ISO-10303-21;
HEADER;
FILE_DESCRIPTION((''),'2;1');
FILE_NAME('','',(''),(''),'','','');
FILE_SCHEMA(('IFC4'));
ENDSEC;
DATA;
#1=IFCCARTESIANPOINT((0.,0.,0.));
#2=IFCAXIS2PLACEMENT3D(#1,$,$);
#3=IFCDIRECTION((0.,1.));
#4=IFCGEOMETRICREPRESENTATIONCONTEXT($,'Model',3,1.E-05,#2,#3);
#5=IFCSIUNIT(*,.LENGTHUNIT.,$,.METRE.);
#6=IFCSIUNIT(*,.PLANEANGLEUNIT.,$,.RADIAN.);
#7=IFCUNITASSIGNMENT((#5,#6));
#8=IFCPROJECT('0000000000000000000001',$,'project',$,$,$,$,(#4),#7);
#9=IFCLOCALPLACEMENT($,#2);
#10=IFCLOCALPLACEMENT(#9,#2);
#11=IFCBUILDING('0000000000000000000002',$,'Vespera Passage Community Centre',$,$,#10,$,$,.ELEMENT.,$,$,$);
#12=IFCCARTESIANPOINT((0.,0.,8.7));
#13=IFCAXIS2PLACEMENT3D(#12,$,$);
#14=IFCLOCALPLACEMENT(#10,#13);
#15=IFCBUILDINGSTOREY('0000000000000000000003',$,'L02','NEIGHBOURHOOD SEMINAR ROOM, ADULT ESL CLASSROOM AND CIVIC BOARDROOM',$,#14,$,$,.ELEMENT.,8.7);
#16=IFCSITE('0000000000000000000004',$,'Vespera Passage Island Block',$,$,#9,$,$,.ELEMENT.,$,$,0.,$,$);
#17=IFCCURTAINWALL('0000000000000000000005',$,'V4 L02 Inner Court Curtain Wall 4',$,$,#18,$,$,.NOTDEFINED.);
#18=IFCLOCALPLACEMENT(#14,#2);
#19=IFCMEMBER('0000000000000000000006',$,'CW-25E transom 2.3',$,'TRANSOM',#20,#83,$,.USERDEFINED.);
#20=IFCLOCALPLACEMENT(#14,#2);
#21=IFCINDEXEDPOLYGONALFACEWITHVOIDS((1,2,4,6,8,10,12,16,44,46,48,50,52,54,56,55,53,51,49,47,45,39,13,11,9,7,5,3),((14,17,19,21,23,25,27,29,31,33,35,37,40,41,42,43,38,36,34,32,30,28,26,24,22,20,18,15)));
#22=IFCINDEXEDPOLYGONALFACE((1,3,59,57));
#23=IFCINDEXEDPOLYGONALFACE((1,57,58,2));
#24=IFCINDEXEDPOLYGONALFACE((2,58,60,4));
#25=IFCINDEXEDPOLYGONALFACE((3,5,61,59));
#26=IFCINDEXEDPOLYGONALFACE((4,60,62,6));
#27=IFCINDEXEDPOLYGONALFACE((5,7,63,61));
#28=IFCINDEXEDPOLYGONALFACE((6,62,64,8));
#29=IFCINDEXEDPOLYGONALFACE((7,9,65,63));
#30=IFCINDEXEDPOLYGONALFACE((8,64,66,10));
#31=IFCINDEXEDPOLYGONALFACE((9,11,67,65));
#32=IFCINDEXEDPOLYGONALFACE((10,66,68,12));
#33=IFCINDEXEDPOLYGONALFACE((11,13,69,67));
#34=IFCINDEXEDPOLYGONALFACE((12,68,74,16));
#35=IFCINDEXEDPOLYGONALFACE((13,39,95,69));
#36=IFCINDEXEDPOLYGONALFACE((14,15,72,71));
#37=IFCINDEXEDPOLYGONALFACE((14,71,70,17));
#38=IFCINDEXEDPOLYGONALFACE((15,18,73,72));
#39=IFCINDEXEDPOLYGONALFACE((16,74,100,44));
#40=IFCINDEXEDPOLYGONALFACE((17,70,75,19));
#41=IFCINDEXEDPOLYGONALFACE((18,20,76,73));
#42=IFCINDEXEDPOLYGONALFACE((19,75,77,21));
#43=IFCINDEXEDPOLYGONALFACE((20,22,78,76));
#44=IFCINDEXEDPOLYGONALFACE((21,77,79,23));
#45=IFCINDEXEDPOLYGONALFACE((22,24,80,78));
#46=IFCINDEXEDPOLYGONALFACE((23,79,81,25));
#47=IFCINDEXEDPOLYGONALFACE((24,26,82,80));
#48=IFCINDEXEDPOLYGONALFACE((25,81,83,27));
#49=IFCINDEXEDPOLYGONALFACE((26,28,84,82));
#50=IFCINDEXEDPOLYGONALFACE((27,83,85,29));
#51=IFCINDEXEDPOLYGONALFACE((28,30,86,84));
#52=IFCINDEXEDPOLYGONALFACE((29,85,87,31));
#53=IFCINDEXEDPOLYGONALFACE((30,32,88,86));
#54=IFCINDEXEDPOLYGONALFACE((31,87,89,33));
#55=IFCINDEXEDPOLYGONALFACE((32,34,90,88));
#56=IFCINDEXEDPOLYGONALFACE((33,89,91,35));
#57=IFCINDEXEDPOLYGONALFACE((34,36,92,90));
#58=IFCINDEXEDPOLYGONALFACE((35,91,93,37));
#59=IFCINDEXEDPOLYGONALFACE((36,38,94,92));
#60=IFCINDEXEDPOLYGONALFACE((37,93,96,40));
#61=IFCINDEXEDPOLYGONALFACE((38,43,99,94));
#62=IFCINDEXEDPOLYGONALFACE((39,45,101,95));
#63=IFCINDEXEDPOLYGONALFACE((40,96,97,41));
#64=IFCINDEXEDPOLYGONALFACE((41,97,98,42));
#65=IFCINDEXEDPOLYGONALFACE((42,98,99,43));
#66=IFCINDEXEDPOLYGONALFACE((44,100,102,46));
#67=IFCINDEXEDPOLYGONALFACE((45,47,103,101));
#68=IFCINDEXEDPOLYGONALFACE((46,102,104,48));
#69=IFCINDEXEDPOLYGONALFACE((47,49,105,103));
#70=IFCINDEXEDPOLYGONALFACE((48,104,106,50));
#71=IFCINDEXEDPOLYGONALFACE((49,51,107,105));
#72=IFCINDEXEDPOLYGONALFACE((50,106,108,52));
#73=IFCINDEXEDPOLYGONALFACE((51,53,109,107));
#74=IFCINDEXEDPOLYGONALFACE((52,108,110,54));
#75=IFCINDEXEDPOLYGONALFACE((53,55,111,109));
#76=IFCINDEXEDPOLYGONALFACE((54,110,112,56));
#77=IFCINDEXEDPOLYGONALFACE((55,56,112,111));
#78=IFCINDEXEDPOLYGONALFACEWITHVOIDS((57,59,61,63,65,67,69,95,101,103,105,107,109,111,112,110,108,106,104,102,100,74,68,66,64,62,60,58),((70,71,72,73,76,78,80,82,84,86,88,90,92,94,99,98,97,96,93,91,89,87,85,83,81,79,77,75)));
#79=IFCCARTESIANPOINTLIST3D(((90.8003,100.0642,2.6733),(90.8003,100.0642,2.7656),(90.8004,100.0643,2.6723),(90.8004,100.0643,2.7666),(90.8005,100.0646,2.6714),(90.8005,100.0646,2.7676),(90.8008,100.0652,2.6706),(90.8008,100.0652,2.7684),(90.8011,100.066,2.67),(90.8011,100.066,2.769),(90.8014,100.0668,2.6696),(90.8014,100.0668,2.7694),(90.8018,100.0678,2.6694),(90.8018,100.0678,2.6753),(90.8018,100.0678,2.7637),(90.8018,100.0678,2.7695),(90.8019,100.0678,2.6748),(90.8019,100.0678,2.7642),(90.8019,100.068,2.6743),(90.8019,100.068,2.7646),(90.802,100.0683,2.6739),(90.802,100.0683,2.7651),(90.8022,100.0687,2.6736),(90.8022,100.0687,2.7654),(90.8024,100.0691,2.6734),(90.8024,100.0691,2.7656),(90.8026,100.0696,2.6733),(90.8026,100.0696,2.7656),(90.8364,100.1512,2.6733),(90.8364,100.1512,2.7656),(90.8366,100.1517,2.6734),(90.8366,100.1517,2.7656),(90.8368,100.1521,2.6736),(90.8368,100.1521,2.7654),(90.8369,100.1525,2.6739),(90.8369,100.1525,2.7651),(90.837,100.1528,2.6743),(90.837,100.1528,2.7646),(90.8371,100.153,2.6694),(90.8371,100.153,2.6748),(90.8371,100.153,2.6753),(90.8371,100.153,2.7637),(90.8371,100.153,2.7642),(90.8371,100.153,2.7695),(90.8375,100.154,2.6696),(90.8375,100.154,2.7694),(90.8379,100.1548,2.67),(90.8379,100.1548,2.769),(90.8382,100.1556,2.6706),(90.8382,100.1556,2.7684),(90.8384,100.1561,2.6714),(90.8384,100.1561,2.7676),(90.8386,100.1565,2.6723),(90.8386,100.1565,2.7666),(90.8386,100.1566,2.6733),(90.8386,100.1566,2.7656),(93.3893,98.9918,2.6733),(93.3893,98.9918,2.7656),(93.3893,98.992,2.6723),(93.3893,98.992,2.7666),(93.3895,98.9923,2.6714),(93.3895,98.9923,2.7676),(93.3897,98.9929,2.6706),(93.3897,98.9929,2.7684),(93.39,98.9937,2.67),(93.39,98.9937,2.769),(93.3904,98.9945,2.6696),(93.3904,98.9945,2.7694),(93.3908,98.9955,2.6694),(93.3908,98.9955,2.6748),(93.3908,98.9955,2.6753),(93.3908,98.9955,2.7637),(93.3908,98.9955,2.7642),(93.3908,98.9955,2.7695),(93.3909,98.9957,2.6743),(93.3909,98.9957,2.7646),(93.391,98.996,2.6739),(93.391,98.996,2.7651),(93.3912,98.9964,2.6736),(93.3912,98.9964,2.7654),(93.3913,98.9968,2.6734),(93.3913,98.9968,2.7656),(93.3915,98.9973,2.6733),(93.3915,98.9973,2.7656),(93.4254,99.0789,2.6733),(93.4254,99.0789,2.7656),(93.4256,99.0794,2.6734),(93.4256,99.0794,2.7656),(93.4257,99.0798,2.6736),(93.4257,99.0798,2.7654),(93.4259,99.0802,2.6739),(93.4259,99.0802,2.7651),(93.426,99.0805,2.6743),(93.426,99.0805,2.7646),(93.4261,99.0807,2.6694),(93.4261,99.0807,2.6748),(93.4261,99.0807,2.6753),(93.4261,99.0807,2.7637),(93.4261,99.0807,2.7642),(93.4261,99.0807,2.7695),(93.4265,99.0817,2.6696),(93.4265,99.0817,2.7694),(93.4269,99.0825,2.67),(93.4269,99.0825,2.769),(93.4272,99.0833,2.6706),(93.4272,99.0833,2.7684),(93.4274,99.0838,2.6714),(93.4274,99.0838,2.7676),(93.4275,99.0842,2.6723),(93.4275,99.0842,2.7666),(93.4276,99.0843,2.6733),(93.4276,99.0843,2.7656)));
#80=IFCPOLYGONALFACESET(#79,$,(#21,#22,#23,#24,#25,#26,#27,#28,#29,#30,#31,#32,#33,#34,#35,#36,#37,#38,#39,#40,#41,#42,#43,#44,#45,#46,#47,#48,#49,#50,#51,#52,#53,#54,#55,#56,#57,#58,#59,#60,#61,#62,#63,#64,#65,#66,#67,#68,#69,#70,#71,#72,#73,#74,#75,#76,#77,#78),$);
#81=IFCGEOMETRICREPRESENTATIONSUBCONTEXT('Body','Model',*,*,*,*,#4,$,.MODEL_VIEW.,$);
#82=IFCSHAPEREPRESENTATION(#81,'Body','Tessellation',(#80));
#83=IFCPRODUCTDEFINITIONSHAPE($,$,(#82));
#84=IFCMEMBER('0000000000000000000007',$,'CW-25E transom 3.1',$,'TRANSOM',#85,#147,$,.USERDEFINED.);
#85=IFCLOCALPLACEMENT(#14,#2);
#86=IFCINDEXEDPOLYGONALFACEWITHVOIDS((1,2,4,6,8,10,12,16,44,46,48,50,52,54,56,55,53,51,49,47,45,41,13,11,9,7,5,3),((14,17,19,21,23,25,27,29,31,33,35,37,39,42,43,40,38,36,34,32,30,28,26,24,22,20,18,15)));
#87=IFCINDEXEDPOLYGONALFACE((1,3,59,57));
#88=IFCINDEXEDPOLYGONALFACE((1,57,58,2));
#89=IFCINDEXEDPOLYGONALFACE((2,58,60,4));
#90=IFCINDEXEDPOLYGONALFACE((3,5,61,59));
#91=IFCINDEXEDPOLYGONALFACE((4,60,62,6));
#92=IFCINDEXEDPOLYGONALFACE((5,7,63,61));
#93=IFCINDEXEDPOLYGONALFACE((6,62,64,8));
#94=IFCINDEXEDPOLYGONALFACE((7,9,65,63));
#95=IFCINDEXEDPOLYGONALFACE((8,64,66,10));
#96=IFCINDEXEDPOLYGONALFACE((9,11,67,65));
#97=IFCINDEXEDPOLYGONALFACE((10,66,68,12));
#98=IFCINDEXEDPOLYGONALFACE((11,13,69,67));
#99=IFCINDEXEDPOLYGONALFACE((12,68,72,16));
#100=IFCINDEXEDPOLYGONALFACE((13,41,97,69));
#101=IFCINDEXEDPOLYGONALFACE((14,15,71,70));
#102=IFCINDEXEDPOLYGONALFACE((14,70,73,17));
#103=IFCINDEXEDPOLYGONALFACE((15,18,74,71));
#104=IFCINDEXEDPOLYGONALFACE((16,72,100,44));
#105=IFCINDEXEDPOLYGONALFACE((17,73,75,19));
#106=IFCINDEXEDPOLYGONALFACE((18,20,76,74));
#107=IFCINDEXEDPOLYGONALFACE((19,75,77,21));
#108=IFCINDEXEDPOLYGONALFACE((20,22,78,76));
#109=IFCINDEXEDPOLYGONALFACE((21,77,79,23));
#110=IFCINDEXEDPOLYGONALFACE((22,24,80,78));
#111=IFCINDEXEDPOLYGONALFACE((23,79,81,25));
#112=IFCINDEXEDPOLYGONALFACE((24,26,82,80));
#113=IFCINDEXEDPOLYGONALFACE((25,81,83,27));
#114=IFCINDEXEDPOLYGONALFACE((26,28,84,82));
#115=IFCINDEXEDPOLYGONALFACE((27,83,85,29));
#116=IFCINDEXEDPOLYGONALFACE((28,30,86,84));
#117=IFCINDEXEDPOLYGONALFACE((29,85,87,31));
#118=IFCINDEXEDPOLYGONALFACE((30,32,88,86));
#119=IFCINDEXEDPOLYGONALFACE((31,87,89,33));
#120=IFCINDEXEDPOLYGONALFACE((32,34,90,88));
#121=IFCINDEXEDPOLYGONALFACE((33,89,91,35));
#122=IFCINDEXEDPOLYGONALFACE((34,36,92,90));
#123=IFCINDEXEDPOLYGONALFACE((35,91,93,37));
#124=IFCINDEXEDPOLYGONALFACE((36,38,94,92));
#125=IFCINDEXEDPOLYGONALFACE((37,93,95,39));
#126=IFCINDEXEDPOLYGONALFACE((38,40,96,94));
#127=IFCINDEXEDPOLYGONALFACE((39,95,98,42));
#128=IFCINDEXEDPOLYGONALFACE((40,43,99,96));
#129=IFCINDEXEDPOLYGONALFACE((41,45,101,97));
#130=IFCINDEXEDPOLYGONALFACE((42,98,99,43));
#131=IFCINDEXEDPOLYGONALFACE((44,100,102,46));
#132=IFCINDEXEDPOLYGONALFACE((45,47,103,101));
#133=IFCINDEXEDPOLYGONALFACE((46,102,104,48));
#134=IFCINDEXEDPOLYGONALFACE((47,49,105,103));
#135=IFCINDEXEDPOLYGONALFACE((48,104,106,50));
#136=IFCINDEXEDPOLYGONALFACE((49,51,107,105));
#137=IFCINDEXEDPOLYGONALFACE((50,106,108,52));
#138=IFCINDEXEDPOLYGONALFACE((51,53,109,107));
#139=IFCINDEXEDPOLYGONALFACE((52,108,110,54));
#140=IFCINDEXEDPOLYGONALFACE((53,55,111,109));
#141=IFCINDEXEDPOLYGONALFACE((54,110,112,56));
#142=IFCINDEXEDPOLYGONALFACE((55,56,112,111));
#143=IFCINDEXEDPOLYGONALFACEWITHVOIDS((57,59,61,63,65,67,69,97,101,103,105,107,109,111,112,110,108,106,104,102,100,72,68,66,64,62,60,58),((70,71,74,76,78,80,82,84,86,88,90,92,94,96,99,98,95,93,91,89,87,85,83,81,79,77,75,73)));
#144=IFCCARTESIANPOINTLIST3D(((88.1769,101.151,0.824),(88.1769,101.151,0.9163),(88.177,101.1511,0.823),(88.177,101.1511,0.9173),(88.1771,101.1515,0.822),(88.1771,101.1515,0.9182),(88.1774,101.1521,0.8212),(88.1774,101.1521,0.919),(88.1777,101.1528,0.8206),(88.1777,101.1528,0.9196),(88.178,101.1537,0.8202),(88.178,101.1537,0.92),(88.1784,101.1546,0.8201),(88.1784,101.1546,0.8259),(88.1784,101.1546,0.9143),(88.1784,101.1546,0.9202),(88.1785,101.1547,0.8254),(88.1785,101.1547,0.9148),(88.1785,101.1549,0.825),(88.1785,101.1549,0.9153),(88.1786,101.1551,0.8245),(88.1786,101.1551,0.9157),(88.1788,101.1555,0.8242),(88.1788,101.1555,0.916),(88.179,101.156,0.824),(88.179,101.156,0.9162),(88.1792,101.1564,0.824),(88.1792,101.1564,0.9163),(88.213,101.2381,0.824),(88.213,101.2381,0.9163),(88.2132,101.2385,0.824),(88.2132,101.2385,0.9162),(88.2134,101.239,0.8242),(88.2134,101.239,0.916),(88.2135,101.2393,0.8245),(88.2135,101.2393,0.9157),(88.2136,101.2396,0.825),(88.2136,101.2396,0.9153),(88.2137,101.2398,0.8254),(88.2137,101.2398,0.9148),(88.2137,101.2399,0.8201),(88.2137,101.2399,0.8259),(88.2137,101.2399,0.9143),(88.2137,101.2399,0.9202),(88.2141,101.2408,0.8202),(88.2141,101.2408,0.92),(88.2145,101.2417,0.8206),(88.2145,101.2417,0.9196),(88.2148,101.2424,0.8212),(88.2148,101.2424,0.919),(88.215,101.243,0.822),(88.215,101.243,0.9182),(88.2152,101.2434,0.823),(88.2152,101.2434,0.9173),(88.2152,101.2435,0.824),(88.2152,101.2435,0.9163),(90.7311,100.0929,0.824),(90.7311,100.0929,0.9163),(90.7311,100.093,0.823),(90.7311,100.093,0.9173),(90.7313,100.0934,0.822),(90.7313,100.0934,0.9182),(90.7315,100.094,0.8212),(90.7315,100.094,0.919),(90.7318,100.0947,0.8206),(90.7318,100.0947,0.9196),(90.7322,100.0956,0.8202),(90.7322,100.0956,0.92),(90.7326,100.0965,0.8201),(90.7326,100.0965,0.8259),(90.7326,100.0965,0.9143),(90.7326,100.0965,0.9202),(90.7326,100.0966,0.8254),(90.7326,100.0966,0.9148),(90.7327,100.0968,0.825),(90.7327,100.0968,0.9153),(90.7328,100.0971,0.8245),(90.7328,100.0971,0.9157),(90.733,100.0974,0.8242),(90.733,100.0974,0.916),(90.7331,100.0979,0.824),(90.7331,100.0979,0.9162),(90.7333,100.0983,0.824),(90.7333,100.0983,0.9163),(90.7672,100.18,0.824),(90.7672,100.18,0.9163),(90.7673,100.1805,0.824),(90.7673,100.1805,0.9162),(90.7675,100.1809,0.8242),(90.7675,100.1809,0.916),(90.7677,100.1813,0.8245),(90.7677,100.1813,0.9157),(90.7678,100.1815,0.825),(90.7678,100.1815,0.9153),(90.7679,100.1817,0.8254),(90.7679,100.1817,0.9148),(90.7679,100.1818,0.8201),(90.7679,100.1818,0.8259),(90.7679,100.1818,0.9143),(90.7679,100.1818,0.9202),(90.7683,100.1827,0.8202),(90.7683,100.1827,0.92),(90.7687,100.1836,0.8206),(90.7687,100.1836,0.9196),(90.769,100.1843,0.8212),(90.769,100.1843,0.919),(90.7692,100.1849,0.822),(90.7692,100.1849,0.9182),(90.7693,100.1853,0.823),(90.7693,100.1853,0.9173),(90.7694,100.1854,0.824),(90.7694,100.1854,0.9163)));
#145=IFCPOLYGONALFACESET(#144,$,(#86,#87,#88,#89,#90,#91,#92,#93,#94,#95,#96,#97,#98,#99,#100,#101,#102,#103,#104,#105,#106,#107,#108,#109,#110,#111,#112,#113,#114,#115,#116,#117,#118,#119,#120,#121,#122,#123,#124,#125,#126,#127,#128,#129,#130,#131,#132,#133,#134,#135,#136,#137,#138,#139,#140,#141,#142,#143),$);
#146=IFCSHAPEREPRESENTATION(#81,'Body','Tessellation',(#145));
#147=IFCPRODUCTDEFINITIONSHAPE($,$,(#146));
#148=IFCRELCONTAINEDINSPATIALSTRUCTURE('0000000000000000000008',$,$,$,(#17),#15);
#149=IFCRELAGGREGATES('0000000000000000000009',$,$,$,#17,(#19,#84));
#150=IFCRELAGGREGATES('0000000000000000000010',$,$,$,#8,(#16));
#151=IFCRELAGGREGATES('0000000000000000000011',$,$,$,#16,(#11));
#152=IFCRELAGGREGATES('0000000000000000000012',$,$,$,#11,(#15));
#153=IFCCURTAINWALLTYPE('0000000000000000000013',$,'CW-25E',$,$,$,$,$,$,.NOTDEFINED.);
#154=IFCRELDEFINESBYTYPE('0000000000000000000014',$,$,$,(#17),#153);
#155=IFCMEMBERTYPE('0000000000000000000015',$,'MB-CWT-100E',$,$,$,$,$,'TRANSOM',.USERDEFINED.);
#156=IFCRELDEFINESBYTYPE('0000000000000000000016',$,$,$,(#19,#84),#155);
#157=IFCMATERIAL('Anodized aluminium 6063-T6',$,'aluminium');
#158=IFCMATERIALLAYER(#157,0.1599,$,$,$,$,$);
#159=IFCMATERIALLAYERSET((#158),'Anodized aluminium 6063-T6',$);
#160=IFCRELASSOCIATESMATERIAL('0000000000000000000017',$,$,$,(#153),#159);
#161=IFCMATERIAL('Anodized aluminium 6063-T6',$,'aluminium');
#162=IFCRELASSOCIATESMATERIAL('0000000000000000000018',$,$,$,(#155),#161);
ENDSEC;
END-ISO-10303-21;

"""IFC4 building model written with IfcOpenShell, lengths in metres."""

from ifc_helpers import new_model, si_unit, direction, frame, origin, origin_2d, place, context, subcontext, project, spatial, hollow_rectangle, extrude, material, layer, layer_set, material_profile, profile_set, type_object, element, aggregate, save


model = new_model("IFC4")

# Units and contexts
model_context = context("Model", 3, precision=1e-05, world=origin(), true_north=direction((0.0, 1.0)))
body_context = subcontext(model_context, "Body", "Model", "MODEL_VIEW")
ifc_project = project(units=[si_unit("LENGTHUNIT", "METRE"), si_unit("PLANEANGLEUNIT", "RADIAN")], contexts=[model_context])

# Site, building, storey
site_placement = place(None, origin())
site = spatial("IfcSite", under=ifc_project, at=site_placement, Name="Vespera Passage Island Block", CompositionType="ELEMENT", RefElevation=0.0)
building_placement = place(site_placement, origin())
building = spatial("IfcBuilding", under=site, at=building_placement, Name="Vespera Passage Community Centre", CompositionType="ELEMENT")
storey_placement = place(building_placement, frame((0.0, 0.0, 8.7)))
storey = spatial("IfcBuildingStorey", under=building, at=storey_placement, Name="L02", Description="NEIGHBOURHOOD SEMINAR ROOM, ADULT ESL CLASSROOM AND CIVIC BOARDROOM", CompositionType="ELEMENT", Elevation=8.7)

# Curtain wall, members
ifc_material_1 = material(Name="Anodized aluminium 6063-T6", Category="aluminium")
ifc_layer_1 = layer(ifc_material_1, 0.1599)
ifc_layer_set_1 = layer_set([ifc_layer_1], Name="Anodized aluminium 6063-T6")
curtain_wall_type_1 = type_object("IfcCurtainWallType", Name="CW-25E", PredefinedType="NOTDEFINED", material=ifc_layer_set_1)
curtain_wall_1_placement = place(storey_placement, origin())
curtain_wall_1 = element("IfcCurtainWall", 1, at=curtain_wall_1_placement, inside=storey, type_object=curtain_wall_type_1, Name="V4 L02 Inner Court Curtain Wall 4", PredefinedType="NOTDEFINED")
ifc_material_2 = material(Name="Anodized aluminium 6063-T6", Category="aluminium")
ifc_material_profile_1 = material_profile(ifc_material_2, hollow_rectangle(XDim=0.1001, YDim=0.1001, WallThickness=0.0039, InnerFilletRadius=0.002, OuterFilletRadius=0.0039, at=origin_2d()), Name="ALU100X100X4")
ifc_profile_set_1 = profile_set([ifc_material_profile_1], Name="Anodized aluminium 6063-T6")
member_type_1 = type_object("IfcMemberType", Name="MB-CWT-100E", ElementType="TRANSOM", PredefinedType="USERDEFINED", material=ifc_profile_set_1)
member_1_placement = place(storey_placement, frame((93.4084, 99.0381, 2.7195), z_axis=(-0.923889, 0.38266, 0.0), x_axis=(-0.38266, -0.923889, 0.0)))
member_1 = element("IfcMember", 2, at=member_1_placement, type_object=member_type_1, Name="CW-25E transom 2.3", ObjectType="TRANSOM", PredefinedType="USERDEFINED", context=body_context, shape_type="SweptSolid", body=[
    extrude(hollow_rectangle(XDim=0.1001, YDim=0.1001, WallThickness=0.0039, InnerFilletRadius=0.002, OuterFilletRadius=0.0039, at=origin_2d()), origin(), (0.0, 0.0, 1.0), 2.8022),
])
member_2_placement = place(storey_placement, frame((90.7502, 100.1392, 0.8701), z_axis=(-0.923864, 0.382721, 0.0), x_axis=(-0.382721, -0.923864, 0.0)))
member_2 = element("IfcMember", 3, at=member_2_placement, type_object=member_type_1, Name="CW-25E transom 3.1", ObjectType="TRANSOM", PredefinedType="USERDEFINED", context=body_context, shape_type="SweptSolid", body=[
    extrude(hollow_rectangle(XDim=0.1001, YDim=0.1001, WallThickness=0.0039, InnerFilletRadius=0.002, OuterFilletRadius=0.0039, at=origin_2d()), origin(), (0.0, 0.0, 1.0), 2.7646),
])

aggregate(curtain_wall_1, [member_1, member_2])

save(model, "model.ifc")
